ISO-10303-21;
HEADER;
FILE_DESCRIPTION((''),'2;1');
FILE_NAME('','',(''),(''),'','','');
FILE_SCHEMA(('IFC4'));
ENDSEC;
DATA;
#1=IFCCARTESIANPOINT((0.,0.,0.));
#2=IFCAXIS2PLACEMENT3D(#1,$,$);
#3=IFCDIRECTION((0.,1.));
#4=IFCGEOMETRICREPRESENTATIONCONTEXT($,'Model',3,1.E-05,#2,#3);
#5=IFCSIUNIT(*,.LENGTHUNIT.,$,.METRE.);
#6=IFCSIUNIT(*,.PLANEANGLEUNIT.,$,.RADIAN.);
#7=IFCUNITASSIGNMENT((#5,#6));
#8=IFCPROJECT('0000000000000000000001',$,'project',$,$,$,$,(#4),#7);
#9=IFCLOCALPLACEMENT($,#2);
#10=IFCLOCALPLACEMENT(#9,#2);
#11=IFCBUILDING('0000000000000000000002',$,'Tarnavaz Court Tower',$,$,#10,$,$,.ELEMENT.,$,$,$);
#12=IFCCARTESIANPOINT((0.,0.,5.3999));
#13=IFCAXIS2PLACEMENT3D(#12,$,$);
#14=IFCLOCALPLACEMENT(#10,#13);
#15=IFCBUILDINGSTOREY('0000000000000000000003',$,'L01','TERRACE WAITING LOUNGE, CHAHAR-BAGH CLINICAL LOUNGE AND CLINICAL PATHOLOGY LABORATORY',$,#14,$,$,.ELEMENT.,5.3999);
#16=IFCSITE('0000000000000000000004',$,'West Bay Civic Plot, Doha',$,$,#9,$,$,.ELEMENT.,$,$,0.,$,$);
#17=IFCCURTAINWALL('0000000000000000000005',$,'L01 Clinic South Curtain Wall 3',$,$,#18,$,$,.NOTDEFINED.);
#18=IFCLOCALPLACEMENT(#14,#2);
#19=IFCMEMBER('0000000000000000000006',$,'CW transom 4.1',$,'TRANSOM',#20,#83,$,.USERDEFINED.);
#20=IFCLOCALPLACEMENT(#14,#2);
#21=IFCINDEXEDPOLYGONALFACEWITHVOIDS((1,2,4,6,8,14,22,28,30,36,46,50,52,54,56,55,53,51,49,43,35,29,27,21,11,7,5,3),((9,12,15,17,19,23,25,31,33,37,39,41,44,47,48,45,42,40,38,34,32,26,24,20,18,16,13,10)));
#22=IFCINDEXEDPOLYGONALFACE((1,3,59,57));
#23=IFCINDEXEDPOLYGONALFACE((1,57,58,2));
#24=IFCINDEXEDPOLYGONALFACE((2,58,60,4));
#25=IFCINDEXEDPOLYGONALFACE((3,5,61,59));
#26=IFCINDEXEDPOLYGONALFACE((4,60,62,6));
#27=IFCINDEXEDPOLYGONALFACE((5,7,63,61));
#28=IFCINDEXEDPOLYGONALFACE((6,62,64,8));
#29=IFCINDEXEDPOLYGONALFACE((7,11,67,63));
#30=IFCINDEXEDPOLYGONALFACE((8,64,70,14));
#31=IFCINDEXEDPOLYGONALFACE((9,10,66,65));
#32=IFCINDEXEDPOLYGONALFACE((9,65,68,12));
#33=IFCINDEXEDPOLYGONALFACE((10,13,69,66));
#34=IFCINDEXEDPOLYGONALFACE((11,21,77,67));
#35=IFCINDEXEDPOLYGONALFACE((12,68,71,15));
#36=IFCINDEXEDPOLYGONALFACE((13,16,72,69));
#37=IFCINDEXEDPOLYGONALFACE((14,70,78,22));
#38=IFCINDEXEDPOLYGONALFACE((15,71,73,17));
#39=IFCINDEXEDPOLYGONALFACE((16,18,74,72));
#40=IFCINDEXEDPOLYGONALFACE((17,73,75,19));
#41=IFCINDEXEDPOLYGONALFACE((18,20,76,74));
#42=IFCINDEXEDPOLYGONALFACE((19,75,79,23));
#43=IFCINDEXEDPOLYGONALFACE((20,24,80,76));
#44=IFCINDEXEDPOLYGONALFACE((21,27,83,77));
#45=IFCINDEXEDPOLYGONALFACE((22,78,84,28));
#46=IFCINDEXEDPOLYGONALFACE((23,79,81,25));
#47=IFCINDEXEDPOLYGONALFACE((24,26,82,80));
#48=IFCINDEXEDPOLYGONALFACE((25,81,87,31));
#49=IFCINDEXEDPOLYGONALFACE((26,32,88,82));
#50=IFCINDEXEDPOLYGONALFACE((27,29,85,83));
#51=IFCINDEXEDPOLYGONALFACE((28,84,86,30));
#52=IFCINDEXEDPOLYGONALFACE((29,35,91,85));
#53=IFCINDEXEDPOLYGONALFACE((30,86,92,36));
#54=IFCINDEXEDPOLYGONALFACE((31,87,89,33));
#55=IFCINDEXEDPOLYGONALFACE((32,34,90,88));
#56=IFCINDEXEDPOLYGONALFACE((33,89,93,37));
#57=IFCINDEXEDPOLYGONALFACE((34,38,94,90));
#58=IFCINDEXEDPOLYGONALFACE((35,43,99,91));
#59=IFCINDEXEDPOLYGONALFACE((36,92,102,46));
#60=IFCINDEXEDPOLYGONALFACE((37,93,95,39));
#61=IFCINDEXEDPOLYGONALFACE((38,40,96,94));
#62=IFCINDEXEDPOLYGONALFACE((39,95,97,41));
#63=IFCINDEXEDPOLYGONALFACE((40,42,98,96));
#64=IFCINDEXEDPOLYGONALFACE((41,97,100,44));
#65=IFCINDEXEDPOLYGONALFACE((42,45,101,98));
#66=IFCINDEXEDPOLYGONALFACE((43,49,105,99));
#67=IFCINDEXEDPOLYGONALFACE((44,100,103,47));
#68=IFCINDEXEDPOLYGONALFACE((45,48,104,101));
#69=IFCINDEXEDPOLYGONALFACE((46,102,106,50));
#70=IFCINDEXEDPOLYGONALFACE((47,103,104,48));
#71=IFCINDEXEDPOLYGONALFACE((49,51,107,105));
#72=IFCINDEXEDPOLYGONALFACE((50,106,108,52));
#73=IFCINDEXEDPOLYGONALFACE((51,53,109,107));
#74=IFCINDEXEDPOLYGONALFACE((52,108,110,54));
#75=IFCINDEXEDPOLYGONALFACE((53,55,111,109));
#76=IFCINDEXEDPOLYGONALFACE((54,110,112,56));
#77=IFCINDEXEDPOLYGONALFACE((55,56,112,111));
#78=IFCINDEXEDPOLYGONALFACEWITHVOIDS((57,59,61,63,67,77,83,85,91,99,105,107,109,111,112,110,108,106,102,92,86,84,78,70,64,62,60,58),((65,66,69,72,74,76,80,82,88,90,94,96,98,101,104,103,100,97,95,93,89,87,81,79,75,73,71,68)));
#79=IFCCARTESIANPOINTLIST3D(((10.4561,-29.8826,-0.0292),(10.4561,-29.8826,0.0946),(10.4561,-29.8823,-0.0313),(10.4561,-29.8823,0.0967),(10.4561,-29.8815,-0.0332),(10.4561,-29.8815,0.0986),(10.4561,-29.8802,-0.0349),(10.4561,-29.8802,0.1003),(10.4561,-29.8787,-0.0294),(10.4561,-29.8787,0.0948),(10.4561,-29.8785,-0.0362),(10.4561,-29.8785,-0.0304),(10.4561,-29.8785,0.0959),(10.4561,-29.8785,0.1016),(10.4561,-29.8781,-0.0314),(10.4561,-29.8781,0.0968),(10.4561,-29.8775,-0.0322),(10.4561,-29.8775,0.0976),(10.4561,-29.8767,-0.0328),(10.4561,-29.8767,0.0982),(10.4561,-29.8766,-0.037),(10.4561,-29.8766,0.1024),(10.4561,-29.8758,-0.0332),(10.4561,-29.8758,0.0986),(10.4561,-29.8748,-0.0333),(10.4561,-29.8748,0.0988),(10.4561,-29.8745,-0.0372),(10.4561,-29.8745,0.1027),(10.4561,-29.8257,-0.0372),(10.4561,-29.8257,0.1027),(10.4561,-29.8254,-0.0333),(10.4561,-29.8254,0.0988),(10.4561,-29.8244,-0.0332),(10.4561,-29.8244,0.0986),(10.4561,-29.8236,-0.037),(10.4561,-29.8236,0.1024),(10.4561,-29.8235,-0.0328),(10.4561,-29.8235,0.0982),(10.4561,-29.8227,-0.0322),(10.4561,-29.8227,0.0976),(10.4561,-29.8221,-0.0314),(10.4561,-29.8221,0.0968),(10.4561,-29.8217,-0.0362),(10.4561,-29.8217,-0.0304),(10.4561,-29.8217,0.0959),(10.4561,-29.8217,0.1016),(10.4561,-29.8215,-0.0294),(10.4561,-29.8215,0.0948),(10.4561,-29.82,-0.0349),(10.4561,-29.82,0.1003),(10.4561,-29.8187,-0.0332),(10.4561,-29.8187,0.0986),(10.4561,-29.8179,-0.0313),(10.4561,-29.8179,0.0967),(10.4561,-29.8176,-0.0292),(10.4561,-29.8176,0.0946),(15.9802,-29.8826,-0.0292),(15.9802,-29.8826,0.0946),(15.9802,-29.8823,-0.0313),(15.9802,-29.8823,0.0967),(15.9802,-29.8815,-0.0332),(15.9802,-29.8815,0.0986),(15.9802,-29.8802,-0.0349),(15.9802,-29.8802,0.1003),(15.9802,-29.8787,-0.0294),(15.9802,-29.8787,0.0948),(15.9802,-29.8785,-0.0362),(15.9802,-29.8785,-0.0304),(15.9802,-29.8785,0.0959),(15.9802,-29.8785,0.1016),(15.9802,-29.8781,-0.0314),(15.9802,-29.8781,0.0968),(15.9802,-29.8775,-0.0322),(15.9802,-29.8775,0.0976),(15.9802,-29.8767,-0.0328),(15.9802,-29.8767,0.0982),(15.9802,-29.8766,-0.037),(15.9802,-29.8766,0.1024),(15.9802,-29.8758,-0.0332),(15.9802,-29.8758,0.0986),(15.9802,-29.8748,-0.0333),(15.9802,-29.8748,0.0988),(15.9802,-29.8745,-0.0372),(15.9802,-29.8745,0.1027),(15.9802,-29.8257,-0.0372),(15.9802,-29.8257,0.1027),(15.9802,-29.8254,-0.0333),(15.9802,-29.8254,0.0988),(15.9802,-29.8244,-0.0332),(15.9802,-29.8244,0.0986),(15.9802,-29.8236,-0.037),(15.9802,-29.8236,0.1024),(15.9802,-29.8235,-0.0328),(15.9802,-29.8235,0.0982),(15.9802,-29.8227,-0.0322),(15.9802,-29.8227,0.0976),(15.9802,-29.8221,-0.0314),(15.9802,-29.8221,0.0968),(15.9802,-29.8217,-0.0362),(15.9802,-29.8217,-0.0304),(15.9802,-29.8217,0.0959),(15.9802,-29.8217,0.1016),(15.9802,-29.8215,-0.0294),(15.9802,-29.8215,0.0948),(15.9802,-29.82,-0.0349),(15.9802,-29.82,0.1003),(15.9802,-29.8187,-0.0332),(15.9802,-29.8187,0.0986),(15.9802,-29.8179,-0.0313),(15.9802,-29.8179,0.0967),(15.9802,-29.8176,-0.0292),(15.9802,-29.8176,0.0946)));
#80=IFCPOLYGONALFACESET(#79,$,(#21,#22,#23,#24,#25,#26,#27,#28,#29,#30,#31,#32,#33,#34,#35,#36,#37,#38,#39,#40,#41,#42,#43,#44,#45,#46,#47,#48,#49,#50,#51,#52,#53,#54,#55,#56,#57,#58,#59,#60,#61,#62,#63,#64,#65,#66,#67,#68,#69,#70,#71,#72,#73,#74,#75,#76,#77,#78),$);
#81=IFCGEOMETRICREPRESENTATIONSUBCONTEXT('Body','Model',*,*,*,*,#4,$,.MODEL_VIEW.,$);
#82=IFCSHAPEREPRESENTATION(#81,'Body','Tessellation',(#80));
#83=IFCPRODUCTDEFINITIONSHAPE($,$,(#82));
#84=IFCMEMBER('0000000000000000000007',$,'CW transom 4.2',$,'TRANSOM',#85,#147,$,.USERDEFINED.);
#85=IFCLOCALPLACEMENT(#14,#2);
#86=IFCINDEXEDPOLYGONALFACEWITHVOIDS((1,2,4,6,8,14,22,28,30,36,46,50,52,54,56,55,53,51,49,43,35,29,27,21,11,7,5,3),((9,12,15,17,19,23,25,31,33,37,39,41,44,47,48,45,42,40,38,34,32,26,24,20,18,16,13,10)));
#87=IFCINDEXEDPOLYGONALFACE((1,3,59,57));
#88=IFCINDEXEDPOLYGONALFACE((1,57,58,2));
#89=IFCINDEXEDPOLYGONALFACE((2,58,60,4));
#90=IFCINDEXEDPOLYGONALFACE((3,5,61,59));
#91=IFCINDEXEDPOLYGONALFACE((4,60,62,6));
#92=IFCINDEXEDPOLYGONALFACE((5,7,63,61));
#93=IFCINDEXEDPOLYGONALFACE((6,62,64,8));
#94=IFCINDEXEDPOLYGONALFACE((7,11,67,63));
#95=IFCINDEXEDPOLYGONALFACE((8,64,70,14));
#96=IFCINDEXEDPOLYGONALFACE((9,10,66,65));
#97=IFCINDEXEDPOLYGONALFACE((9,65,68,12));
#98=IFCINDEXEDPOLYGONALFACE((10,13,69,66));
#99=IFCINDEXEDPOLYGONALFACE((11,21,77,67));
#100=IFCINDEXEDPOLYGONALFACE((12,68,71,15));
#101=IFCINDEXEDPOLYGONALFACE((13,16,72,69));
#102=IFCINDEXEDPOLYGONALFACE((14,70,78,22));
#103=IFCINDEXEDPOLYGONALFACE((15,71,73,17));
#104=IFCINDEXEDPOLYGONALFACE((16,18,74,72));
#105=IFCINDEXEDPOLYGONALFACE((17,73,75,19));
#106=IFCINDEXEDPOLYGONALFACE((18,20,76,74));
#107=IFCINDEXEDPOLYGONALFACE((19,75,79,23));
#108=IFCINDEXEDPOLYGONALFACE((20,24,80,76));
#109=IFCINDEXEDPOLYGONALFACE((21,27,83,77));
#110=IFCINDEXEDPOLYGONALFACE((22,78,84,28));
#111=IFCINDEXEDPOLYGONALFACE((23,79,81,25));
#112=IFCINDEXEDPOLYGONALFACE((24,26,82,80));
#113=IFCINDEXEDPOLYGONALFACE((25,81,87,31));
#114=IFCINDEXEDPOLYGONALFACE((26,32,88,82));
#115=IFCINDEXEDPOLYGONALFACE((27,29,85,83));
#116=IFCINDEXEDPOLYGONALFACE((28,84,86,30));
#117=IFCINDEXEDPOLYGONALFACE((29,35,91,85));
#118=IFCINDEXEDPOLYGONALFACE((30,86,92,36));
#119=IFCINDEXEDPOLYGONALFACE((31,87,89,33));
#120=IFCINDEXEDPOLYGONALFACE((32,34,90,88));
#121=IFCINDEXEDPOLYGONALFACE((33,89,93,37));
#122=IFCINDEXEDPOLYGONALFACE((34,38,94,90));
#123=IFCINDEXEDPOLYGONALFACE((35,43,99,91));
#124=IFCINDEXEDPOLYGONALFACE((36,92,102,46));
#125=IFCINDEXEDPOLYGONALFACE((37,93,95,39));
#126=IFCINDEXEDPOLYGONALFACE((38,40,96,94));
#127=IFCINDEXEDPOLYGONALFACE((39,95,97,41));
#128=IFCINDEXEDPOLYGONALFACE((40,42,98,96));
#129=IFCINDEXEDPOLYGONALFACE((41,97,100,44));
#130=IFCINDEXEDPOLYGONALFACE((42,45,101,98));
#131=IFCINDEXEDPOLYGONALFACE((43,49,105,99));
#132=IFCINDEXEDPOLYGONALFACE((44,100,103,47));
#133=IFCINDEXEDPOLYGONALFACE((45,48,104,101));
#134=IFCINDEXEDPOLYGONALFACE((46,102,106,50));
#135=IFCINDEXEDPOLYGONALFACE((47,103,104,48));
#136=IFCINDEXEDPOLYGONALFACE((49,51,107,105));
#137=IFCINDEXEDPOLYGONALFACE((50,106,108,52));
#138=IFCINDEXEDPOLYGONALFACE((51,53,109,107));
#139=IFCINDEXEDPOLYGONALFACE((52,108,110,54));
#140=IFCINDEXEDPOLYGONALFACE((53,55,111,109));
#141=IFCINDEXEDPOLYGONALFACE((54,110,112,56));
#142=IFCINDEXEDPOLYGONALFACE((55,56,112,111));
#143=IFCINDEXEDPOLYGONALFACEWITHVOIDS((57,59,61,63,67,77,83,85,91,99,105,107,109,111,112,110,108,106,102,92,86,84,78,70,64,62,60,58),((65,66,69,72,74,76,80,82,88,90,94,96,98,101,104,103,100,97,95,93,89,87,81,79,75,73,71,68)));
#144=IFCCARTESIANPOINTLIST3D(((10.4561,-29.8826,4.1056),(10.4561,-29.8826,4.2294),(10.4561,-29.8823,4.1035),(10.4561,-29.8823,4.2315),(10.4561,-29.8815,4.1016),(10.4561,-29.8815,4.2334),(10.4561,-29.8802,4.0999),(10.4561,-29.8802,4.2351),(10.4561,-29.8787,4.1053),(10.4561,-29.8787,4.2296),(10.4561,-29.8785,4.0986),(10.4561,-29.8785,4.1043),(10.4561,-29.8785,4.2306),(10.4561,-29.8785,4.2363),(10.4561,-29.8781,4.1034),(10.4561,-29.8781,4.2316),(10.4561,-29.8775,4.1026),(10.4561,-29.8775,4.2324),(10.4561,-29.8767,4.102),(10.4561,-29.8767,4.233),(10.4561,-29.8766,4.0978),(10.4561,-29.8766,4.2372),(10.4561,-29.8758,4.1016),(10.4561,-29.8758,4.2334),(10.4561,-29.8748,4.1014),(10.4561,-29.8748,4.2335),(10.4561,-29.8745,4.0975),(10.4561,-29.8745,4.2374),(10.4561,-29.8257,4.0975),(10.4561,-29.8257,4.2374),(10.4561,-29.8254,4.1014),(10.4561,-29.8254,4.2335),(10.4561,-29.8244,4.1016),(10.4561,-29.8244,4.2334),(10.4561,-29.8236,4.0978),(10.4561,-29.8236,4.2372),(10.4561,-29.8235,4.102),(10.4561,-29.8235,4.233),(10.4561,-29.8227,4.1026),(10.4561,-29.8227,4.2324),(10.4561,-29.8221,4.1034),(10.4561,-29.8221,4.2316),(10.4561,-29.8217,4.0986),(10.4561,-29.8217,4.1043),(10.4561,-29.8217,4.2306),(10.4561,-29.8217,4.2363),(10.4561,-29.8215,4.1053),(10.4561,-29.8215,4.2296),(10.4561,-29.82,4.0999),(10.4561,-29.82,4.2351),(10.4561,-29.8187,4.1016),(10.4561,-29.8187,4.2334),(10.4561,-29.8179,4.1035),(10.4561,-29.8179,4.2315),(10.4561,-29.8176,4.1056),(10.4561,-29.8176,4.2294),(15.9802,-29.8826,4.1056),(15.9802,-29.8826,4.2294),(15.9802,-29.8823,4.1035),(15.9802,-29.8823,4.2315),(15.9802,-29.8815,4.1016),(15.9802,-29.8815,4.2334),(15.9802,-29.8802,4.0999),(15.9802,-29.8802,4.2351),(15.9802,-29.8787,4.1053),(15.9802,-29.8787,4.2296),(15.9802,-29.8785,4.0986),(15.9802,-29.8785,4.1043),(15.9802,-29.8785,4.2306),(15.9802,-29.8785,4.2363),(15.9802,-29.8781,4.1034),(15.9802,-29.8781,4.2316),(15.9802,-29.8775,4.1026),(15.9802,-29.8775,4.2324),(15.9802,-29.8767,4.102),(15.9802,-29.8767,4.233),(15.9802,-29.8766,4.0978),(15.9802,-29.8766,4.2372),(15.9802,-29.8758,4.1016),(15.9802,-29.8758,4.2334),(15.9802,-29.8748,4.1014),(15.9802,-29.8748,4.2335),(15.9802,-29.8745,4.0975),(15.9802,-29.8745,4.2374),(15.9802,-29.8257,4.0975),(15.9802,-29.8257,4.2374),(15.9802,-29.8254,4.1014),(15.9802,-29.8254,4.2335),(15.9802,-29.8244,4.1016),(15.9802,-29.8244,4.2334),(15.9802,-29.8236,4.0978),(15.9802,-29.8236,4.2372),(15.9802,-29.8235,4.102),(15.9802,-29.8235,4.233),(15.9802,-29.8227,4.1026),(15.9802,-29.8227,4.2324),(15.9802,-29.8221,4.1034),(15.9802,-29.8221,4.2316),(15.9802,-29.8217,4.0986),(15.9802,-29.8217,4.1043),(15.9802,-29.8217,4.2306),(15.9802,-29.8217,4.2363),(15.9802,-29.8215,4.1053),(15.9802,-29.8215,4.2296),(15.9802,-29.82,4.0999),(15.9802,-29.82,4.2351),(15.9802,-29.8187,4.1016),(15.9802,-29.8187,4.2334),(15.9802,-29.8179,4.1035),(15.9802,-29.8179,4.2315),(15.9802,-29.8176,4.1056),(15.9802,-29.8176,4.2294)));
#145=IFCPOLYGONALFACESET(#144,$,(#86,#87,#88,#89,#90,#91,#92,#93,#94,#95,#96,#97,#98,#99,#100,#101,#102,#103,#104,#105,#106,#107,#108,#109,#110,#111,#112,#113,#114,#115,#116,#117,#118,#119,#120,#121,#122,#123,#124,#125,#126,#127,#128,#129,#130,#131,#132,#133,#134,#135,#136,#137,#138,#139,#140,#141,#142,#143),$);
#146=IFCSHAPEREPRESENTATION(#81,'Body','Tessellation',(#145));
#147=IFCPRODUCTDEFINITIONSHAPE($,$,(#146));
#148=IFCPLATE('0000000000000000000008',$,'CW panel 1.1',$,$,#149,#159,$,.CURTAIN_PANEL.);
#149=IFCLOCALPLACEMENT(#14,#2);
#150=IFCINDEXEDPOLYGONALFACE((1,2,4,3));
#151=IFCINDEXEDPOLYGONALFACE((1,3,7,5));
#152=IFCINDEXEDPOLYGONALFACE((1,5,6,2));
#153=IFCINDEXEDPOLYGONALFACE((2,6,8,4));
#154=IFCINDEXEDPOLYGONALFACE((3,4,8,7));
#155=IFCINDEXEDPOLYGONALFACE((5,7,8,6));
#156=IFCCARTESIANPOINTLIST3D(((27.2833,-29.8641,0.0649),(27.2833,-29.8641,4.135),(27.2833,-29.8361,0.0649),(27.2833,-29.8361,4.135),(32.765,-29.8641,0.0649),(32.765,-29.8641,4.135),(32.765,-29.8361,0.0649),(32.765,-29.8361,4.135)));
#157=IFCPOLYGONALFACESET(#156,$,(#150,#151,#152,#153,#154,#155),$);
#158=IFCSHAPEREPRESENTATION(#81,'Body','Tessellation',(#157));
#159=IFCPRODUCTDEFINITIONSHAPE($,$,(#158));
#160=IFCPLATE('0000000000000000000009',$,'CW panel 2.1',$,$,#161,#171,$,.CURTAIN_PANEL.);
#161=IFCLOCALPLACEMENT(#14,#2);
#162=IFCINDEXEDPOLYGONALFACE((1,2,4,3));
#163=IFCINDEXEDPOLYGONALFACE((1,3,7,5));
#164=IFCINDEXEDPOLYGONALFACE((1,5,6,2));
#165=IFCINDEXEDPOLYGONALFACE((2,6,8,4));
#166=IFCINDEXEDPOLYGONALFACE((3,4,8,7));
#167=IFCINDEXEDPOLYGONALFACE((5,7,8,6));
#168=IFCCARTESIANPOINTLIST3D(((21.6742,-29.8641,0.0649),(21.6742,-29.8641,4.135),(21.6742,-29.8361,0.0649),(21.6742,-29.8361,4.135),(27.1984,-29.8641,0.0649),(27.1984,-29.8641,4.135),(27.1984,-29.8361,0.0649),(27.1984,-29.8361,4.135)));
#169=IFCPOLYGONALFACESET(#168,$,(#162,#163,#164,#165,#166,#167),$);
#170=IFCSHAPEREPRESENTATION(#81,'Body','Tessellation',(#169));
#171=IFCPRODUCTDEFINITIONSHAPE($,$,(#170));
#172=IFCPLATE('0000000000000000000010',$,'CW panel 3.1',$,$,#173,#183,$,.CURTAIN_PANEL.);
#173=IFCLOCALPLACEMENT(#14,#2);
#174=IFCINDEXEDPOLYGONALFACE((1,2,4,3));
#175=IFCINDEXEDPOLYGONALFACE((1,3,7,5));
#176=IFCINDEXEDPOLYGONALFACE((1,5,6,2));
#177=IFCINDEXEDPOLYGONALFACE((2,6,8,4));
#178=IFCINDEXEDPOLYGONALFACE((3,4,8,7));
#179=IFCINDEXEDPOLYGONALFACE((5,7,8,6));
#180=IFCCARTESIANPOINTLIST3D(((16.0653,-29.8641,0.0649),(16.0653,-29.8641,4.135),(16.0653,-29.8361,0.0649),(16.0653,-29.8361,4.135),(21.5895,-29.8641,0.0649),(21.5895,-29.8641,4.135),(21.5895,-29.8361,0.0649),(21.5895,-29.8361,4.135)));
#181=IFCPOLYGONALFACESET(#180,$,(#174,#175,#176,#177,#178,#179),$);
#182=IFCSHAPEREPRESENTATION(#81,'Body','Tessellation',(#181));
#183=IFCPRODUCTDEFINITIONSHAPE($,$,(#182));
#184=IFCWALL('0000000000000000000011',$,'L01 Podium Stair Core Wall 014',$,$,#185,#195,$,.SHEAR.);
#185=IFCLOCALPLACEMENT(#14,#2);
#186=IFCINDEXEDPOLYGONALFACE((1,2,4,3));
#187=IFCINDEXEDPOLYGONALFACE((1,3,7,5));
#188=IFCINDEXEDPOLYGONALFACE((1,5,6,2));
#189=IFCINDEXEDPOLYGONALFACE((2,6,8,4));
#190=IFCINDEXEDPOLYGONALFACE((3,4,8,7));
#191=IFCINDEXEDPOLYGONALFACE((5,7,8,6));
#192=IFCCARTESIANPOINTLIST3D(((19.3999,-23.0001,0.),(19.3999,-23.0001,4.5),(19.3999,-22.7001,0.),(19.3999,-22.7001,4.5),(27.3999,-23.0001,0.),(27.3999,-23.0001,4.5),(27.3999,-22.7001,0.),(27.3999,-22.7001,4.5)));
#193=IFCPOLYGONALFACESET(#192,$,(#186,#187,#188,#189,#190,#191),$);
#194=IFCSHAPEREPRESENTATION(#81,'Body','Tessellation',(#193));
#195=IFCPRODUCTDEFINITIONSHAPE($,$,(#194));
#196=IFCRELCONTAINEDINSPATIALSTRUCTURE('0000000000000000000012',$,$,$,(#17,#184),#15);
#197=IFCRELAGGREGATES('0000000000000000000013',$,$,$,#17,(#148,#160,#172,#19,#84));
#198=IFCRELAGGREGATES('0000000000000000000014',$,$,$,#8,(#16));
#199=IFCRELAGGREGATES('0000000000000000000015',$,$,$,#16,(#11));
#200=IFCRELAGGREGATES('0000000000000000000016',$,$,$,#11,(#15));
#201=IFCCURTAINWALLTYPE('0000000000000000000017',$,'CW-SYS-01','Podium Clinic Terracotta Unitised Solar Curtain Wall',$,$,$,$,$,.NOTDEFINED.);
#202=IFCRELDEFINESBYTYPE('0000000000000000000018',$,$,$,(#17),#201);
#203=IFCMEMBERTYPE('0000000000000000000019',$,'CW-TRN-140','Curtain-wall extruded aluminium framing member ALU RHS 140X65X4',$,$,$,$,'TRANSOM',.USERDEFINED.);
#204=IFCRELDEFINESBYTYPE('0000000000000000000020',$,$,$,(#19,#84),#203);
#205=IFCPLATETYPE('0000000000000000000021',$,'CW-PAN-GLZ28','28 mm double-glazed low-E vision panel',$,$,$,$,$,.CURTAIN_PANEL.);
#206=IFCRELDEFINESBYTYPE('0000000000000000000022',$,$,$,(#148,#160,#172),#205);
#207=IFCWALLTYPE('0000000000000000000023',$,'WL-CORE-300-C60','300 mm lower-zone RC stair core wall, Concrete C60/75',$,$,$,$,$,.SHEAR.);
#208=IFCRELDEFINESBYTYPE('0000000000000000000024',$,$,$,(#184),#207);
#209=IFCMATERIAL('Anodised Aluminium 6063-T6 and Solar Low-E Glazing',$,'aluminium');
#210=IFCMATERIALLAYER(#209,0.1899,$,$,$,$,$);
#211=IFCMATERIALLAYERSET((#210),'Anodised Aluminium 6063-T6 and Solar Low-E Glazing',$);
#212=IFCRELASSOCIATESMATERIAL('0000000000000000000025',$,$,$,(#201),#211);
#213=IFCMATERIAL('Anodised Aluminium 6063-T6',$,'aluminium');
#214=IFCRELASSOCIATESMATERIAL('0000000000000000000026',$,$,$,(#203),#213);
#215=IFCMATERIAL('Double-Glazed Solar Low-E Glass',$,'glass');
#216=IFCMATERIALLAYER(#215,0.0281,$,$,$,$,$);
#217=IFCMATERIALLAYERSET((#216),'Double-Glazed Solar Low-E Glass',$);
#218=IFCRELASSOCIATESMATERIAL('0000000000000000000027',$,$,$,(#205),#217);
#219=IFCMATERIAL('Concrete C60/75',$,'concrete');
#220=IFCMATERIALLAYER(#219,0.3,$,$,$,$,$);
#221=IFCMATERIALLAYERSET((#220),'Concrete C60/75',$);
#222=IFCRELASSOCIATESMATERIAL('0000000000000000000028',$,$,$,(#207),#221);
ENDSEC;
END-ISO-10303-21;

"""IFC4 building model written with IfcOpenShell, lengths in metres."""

from ifc_helpers import new_model, si_unit, direction, frame, frame_2d, origin, origin_2d, place, context, subcontext, project, spatial, rectangle, hollow_rectangle, extrude, material, layer, layer_set, material_profile, profile_set, type_object, element, aggregate, save


model = new_model("IFC4")

# Units and contexts
model_context = context("Model", 3, precision=1e-05, world=origin(), true_north=direction((0.0, 1.0)))
body_context = subcontext(model_context, "Body", "Model", "MODEL_VIEW")
ifc_project = project(units=[si_unit("LENGTHUNIT", "METRE"), si_unit("PLANEANGLEUNIT", "RADIAN")], contexts=[model_context])

# Site, building, storey
site_placement = place(None, origin())
site = spatial("IfcSite", under=ifc_project, at=site_placement, Name="West Bay Civic Plot, Doha", CompositionType="ELEMENT", RefElevation=0.0)
building_placement = place(site_placement, origin())
building = spatial("IfcBuilding", under=site, at=building_placement, Name="Tarnavaz Court Tower", CompositionType="ELEMENT")
storey_placement = place(building_placement, frame((0.0, 0.0, 5.3999)))
storey = spatial("IfcBuildingStorey", under=building, at=storey_placement, Name="L01", Description="TERRACE WAITING LOUNGE, CHAHAR-BAGH CLINICAL LOUNGE AND CLINICAL PATHOLOGY LABORATORY", CompositionType="ELEMENT", Elevation=5.3999)

# Shared definitions
ifc_material_1 = material(Name="Concrete C60/75", Category="concrete")

# Curtain wall, members, plates
ifc_material_2 = material(Name="Anodised Aluminium 6063-T6 and Solar Low-E Glazing", Category="aluminium")
ifc_layer_1 = layer(ifc_material_2, 0.1899)
ifc_layer_set_1 = layer_set([ifc_layer_1], Name="Anodised Aluminium 6063-T6 and Solar Low-E Glazing")
curtain_wall_type = type_object("IfcCurtainWallType", Name="CW-SYS-01", Description="Podium Clinic Terracotta Unitised Solar Curtain Wall", PredefinedType="NOTDEFINED", material=ifc_layer_set_1)
curtain_wall_placement = place(storey_placement, origin())
curtain_wall = element("IfcCurtainWall", 1, at=curtain_wall_placement, inside=storey, type_object=curtain_wall_type, Name="L01 Clinic South Curtain Wall 3", PredefinedType="NOTDEFINED")
ifc_material_3 = material(Name="Anodised Aluminium 6063-T6", Category="aluminium")
ifc_material_profile_1 = material_profile(ifc_material_3, hollow_rectangle(XDim=0.0649, YDim=0.1399, WallThickness=0.0039, InnerFilletRadius=0.0039, OuterFilletRadius=0.0081, at=origin_2d()), Name="ALU RHS 140X65X4")
ifc_profile_set_1 = profile_set([ifc_material_profile_1], Name="Anodised Aluminium 6063-T6")
member_type_1 = type_object("IfcMemberType", Name="CW-TRN-140", Description="Curtain-wall extruded aluminium framing member ALU RHS 140X65X4", ElementType="TRANSOM", PredefinedType="USERDEFINED", material=ifc_profile_set_1)
member_1_placement = place(storey_placement, frame((15.9802, -29.8501, 0.0327), z_axis=(-1.0, 0.0, 0.0), x_axis=(0.0, -1.0, 0.0)))
member_1 = element("IfcMember", 2, at=member_1_placement, type_object=member_type_1, Name="CW transom 4.1", ObjectType="TRANSOM", PredefinedType="USERDEFINED", context=body_context, shape_type="SweptSolid", body=[
    extrude(hollow_rectangle(XDim=0.0649, YDim=0.1399, WallThickness=0.0039, InnerFilletRadius=0.0039, OuterFilletRadius=0.0081, at=origin_2d()), origin(), (0.0, 0.0, 1.0), 5.5242),
])
member_2_placement = place(storey_placement, frame((15.9802, -29.8501, 4.1675), z_axis=(-1.0, 0.0, 0.0), x_axis=(0.0, -1.0, 0.0)))
member_2 = element("IfcMember", 3, at=member_2_placement, type_object=member_type_1, Name="CW transom 4.2", ObjectType="TRANSOM", PredefinedType="USERDEFINED", context=body_context, shape_type="SweptSolid", body=[
    extrude(hollow_rectangle(XDim=0.0649, YDim=0.1399, WallThickness=0.0039, InnerFilletRadius=0.0039, OuterFilletRadius=0.0081, at=origin_2d()), origin(), (0.0, 0.0, 1.0), 5.5242),
])
ifc_material_4 = material(Name="Double-Glazed Solar Low-E Glass", Category="glass")
ifc_layer_2 = layer(ifc_material_4, 0.0281)
ifc_layer_set_2 = layer_set([ifc_layer_2], Name="Double-Glazed Solar Low-E Glass")
plate_type = type_object("IfcPlateType", Name="CW-PAN-GLZ28", Description="28 mm double-glazed low-E vision panel", PredefinedType="CURTAIN_PANEL", material=ifc_layer_set_2)
plate_1_placement = place(storey_placement, frame((30.0242, -29.8501, 0.0649), z_axis=(0.0, 0.0, 1.0), x_axis=(-1.0, 0.0, 0.0)))
plate_1 = element("IfcPlate", 4, at=plate_1_placement, type_object=plate_type, Name="CW panel 1.1", PredefinedType="CURTAIN_PANEL", context=body_context, shape_type="SweptSolid", body=[
    extrude(rectangle(XDim=5.4817, YDim=0.0281, at=origin_2d()), origin(), (0.0, 0.0, 1.0), 4.0701),
])
plate_2_placement = place(storey_placement, frame((24.4363, -29.8501, 0.0649), z_axis=(0.0, 0.0, 1.0), x_axis=(-1.0, 0.0, 0.0)))
plate_2 = element("IfcPlate", 5, at=plate_2_placement, type_object=plate_type, Name="CW panel 2.1", PredefinedType="CURTAIN_PANEL", context=body_context, shape_type="SweptSolid", body=[
    extrude(rectangle(XDim=5.5242, YDim=0.0281, at=origin_2d()), origin(), (0.0, 0.0, 1.0), 4.0701),
])
plate_3_placement = place(storey_placement, frame((18.8274, -29.8501, 0.0649), z_axis=(0.0, 0.0, 1.0), x_axis=(-1.0, 0.0, 0.0)))
plate_3 = element("IfcPlate", 6, at=plate_3_placement, type_object=plate_type, Name="CW panel 3.1", PredefinedType="CURTAIN_PANEL", context=body_context, shape_type="SweptSolid", body=[
    extrude(rectangle(XDim=5.5242, YDim=0.0281, at=origin_2d()), origin(), (0.0, 0.0, 1.0), 4.0701),
])
aggregate(curtain_wall, [plate_1, plate_2, plate_3, member_1, member_2])

# Wall
ifc_layer_3 = layer(ifc_material_1, 0.3)
ifc_layer_set_3 = layer_set([ifc_layer_3], Name="Concrete C60/75")
wall_type_1 = type_object("IfcWallType", Name="WL-CORE-300-C60", Description="300 mm lower-zone RC stair core wall, Concrete C60/75", PredefinedType="SHEAR", material=ifc_layer_set_3)
wall_1_placement = place(storey_placement, frame((19.3999, -22.8501, 0.0), z_axis=(0.0, 0.0, 1.0), x_axis=(1.0, 0.0, 0.0)))
element("IfcWall", 7, at=wall_1_placement, inside=storey, type_object=wall_type_1, Name="L01 Podium Stair Core Wall 014", PredefinedType="SHEAR", context=body_context, shape_type="SweptSolid", body=[
    extrude(rectangle(XDim=8.0, YDim=0.3, at=frame_2d((4.0, 0.0))), origin(), (0.0, 0.0, 1.0), 4.5),
])

save(model, "model.ifc")
